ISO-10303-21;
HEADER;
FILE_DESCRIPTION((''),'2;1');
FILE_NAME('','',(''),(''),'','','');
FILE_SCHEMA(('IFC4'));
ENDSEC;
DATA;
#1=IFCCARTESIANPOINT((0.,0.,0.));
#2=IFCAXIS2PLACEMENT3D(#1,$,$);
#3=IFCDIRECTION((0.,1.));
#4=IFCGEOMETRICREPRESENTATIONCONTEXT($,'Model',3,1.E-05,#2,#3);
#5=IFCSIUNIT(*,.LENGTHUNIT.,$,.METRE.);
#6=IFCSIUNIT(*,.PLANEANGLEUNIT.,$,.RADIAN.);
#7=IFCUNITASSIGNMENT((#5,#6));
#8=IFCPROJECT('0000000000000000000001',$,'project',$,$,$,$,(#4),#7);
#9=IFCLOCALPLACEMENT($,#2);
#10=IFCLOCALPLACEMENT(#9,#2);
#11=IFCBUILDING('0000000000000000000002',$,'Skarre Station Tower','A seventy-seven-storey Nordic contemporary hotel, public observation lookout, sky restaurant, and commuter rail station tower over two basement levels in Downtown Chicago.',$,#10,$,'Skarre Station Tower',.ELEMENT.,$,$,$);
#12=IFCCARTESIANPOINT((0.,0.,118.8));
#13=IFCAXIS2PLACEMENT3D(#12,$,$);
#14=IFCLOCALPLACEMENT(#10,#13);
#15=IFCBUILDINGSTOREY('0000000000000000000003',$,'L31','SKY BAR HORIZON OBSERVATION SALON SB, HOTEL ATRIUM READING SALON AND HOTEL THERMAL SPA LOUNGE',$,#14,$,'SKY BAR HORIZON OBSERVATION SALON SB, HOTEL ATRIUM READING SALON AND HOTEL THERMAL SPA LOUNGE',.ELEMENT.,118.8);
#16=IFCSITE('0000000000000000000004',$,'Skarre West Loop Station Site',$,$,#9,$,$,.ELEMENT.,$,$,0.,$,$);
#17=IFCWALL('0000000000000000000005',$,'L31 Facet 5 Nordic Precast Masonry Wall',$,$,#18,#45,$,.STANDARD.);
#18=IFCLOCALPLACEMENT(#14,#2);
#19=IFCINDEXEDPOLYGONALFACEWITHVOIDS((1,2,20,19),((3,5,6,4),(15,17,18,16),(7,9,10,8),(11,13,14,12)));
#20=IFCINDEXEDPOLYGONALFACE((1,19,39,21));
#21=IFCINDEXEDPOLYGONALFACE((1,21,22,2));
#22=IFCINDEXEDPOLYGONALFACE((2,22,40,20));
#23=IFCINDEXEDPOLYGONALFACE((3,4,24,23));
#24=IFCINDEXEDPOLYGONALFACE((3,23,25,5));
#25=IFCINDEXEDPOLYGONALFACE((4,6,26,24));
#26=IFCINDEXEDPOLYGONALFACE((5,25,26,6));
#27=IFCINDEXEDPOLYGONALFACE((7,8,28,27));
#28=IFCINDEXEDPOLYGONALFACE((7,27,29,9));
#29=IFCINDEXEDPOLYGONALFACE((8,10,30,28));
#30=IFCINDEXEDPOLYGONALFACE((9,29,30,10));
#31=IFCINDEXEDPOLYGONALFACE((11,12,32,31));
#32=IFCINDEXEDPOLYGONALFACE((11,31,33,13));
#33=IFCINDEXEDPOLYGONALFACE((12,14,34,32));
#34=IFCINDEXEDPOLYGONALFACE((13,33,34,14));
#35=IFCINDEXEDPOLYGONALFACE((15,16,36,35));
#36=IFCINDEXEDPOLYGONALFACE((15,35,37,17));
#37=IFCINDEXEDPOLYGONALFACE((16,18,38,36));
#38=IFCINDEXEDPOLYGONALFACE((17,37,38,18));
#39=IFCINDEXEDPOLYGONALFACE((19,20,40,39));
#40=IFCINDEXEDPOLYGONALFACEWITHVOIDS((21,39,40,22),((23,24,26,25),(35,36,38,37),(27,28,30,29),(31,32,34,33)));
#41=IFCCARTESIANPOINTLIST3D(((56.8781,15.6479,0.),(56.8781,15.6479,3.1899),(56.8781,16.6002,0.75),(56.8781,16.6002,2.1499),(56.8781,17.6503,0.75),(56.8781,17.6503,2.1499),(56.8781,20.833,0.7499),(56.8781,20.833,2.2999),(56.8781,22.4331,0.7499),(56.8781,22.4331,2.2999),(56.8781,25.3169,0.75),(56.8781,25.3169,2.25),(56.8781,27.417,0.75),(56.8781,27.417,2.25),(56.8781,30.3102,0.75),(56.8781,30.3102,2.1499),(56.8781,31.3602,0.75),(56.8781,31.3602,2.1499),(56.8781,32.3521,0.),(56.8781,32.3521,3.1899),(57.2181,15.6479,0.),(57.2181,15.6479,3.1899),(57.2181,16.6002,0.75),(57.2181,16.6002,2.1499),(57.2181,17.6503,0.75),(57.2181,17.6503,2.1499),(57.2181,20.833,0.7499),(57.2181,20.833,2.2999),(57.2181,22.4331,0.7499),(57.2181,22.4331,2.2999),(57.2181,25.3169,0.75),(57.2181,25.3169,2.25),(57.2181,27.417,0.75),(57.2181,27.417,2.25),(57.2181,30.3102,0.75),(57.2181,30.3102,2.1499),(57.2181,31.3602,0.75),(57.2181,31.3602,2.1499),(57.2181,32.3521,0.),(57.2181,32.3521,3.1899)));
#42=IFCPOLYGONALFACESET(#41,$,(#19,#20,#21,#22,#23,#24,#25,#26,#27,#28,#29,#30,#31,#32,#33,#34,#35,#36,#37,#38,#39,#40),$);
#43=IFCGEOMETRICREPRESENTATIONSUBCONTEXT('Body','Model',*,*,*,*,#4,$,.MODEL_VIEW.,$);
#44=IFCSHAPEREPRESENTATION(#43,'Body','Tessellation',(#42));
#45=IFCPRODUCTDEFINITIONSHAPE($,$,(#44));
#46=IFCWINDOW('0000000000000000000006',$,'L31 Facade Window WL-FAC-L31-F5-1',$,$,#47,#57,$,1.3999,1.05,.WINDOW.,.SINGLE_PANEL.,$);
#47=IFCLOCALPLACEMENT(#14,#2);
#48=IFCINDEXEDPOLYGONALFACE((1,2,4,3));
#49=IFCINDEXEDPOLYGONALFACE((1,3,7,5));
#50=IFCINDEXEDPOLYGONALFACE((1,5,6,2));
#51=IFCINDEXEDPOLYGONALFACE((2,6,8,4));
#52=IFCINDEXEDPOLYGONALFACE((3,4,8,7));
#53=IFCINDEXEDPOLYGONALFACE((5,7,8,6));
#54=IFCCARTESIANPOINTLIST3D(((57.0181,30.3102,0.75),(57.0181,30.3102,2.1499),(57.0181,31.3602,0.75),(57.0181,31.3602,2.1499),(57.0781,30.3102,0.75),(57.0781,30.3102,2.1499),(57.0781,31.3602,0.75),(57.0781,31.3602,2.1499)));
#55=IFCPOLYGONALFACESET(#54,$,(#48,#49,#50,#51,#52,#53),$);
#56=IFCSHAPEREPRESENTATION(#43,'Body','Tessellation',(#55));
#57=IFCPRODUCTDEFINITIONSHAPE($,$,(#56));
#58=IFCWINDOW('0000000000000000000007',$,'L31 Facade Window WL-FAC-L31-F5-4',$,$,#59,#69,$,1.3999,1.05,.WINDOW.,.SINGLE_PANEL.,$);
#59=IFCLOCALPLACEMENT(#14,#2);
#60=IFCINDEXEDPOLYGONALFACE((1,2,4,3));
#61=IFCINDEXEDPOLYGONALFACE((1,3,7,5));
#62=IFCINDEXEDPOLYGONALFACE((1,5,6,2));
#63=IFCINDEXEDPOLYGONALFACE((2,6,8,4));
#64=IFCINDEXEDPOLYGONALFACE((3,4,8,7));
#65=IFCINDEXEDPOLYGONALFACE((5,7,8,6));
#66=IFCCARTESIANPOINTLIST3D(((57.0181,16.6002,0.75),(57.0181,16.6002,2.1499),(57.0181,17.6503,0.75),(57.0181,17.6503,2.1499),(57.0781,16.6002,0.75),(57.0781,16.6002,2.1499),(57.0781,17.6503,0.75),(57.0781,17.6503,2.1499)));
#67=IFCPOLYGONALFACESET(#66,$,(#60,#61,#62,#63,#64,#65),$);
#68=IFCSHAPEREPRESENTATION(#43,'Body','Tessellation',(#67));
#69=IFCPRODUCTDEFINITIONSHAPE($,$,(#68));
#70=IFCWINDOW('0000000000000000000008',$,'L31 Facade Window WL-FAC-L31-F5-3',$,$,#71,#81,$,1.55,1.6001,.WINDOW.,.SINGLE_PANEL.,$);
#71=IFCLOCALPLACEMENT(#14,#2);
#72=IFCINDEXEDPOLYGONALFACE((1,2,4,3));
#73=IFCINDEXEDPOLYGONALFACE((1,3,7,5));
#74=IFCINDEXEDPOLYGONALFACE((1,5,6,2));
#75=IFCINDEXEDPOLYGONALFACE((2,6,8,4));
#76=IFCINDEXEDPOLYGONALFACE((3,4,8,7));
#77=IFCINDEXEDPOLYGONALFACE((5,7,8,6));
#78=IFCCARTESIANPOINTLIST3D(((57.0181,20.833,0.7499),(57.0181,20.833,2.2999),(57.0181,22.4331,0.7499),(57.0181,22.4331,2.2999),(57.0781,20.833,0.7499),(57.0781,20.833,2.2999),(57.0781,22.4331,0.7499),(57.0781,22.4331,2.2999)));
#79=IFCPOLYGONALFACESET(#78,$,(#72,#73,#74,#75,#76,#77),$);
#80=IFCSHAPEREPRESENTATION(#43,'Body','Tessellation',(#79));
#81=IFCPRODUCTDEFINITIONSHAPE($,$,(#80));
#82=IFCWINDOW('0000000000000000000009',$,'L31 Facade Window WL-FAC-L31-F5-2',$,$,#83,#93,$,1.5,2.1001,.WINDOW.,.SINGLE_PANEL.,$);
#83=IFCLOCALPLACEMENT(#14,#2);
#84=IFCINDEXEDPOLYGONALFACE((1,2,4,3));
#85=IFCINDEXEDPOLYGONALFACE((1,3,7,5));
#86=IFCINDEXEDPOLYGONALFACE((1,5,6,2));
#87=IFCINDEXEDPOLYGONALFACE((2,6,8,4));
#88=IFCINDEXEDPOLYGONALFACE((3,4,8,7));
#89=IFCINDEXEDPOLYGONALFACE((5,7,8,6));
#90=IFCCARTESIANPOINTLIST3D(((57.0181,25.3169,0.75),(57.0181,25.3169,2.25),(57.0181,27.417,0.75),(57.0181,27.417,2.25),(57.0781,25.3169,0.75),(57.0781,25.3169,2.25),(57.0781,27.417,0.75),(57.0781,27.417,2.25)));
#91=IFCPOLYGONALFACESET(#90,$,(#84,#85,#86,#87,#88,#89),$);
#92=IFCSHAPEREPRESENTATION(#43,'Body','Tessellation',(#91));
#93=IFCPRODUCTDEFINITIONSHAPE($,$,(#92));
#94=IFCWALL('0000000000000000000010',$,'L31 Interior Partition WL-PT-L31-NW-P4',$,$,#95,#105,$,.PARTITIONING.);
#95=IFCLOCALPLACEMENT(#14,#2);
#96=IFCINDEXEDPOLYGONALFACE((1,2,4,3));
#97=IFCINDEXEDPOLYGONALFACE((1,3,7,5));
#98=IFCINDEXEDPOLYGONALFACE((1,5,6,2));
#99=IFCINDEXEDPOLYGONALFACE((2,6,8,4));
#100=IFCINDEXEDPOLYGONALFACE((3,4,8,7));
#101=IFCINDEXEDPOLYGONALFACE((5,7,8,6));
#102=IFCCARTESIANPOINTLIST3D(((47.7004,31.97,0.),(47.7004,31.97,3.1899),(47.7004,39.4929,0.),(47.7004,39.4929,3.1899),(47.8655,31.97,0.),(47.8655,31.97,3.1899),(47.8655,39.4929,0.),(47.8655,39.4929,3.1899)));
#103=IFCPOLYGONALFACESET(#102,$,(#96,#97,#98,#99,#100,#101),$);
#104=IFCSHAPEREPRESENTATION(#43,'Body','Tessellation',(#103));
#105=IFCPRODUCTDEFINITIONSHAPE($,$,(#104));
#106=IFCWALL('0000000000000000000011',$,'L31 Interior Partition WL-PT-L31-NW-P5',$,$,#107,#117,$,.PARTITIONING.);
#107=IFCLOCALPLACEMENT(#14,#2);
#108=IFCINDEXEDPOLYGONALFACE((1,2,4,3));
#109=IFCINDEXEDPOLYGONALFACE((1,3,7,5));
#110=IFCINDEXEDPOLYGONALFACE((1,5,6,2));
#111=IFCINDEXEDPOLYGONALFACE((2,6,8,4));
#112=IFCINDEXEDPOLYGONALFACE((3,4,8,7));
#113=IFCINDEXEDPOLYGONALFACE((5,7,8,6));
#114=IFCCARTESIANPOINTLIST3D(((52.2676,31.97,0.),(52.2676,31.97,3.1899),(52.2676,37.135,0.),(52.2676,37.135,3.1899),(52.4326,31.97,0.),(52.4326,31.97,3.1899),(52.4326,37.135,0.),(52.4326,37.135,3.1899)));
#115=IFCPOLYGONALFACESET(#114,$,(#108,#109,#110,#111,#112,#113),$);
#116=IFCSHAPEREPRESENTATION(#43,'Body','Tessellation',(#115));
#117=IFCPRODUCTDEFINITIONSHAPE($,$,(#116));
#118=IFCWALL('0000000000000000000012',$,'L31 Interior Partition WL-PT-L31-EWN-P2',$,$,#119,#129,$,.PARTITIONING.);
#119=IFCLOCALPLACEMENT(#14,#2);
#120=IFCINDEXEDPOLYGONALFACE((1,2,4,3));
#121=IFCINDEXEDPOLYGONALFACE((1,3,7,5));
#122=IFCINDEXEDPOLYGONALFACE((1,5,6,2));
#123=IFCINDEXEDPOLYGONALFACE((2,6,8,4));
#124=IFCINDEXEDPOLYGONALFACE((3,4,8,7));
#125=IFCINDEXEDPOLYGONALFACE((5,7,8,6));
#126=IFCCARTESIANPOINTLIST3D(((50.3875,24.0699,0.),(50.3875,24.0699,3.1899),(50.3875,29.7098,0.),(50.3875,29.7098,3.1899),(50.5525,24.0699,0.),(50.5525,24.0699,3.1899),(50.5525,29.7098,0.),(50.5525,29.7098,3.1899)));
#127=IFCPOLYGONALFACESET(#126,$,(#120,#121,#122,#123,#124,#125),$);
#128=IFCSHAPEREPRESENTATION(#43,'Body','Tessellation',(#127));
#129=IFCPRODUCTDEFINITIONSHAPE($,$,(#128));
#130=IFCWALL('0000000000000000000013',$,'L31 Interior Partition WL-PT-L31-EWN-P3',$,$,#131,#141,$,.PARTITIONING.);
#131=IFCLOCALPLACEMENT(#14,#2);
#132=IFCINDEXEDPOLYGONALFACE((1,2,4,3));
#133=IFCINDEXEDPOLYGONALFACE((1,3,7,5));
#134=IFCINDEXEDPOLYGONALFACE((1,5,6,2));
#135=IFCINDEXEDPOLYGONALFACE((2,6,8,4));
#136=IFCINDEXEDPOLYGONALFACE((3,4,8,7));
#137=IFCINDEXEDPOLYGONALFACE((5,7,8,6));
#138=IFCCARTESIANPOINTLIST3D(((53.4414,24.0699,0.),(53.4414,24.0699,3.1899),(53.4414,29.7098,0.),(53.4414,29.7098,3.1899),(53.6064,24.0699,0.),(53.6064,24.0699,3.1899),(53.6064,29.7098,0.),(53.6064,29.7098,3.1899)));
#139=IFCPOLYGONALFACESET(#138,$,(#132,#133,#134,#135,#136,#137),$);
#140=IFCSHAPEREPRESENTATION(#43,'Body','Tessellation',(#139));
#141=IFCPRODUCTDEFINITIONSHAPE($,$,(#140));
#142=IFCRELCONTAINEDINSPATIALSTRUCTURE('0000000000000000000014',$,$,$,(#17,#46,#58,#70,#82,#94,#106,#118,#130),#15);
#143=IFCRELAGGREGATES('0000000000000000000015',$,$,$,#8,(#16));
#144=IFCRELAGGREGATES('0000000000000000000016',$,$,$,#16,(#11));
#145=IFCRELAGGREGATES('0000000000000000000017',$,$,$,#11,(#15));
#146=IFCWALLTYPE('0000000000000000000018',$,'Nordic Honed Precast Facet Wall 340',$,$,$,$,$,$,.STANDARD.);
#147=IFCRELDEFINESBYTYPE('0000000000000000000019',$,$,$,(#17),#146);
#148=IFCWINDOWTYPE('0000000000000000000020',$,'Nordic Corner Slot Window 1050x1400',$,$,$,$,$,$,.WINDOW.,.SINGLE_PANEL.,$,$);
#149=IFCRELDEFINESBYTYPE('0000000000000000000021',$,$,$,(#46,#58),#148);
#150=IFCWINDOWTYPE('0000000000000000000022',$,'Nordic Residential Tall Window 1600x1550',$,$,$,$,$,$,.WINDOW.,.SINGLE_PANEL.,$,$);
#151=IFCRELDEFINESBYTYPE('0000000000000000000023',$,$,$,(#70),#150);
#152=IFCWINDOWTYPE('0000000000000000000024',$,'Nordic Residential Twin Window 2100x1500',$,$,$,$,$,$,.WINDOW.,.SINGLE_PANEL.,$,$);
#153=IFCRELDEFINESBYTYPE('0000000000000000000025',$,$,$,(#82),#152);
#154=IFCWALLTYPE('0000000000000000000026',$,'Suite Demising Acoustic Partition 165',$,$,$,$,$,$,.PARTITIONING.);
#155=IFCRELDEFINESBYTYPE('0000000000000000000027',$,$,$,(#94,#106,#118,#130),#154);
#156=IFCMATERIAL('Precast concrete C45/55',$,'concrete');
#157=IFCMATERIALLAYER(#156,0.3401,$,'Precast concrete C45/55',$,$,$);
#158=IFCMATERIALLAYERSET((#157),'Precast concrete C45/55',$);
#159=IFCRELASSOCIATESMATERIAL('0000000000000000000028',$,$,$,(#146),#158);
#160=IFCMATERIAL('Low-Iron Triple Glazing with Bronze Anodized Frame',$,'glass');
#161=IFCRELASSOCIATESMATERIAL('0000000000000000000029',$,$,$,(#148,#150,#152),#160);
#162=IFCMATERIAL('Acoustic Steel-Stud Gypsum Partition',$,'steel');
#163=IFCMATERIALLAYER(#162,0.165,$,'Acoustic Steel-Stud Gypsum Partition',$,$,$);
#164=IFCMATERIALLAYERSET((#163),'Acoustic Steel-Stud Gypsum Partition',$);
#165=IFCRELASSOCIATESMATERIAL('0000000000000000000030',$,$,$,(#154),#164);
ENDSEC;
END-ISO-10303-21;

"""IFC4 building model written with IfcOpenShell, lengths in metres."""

from ifc_helpers import new_model, si_unit, direction, frame, frame_2d, origin, place, context, subcontext, project, spatial, rectangle, extrude, material, layer, layer_set, type_object, element, fill, save


model = new_model("IFC4")

# Units and contexts
model_context = context("Model", 3, precision=1e-05, world=origin(), true_north=direction((0.0, 1.0)))
body_context = subcontext(model_context, "Body", "Model", "MODEL_VIEW")
ifc_project = project(units=[si_unit("LENGTHUNIT", "METRE"), si_unit("PLANEANGLEUNIT", "RADIAN")], contexts=[model_context])

# Site, building, storey
site_placement = place(None, origin())
site = spatial("IfcSite", under=ifc_project, at=site_placement, Name="Skarre West Loop Station Site", CompositionType="ELEMENT", RefElevation=0.0)
building_placement = place(site_placement, origin())
building = spatial("IfcBuilding", under=site, at=building_placement, Name="Skarre Station Tower", Description="A seventy-seven-storey Nordic contemporary hotel, public observation lookout, sky restaurant, and commuter rail station tower over two basement levels in Downtown Chicago.", LongName="Skarre Station Tower", CompositionType="ELEMENT")
storey_placement = place(building_placement, frame((0.0, 0.0, 118.8)))
storey = spatial("IfcBuildingStorey", under=building, at=storey_placement, Name="L31", Description="SKY BAR HORIZON OBSERVATION SALON SB, HOTEL ATRIUM READING SALON AND HOTEL THERMAL SPA LOUNGE", LongName="SKY BAR HORIZON OBSERVATION SALON SB, HOTEL ATRIUM READING SALON AND HOTEL THERMAL SPA LOUNGE", CompositionType="ELEMENT", Elevation=118.8)

# Shared definitions
ifc_material_1 = material(Name="Acoustic Steel-Stud Gypsum Partition", Category="steel")

# Wall, openings, windows
ifc_material_2 = material(Name="Precast concrete C45/55", Category="concrete")
ifc_layer_1 = layer(ifc_material_2, 0.3401, Name="Precast concrete C45/55")
ifc_layer_set_1 = layer_set([ifc_layer_1], Name="Precast concrete C45/55")
wall_type_1 = type_object("IfcWallType", Name="Nordic Honed Precast Facet Wall 340", PredefinedType="STANDARD", material=ifc_layer_set_1)
wall_1_placement = place(storey_placement, frame((57.0481, 32.3521, 0.0), z_axis=(0.0, 0.0, 1.0), x_axis=(0.0, -1.0, 0.0)))
wall_1 = element("IfcWall", 1, at=wall_1_placement, inside=storey, type_object=wall_type_1, Name="L31 Facet 5 Nordic Precast Masonry Wall", PredefinedType="STANDARD", context=body_context, shape_type="SweptSolid", body=[
    extrude(rectangle(XDim=16.7041, YDim=0.3401, at=frame_2d((8.3521, 0.0))), origin(), (0.0, 0.0, 1.0), 3.1899),
])
opening_1_placement = place(wall_1_placement, frame((0.9919, 0.0, 0.75)))
opening_1 = element("IfcOpeningElement", 2, at=opening_1_placement, cuts=wall_1, PredefinedType="OPENING", context=body_context, shape_type="SweptSolid", body=[
    extrude(rectangle(XDim=1.05, YDim=1.3999, at=frame_2d((0.5249, 0.7))), frame((0.0, 0.1799, 0.0), z_axis=(0.0, -1.0, 0.0), x_axis=(1.0, 0.0, 0.0)), (0.0, 0.0, 1.0), 0.3601),
])
opening_2_placement = place(wall_1_placement, frame((4.9351, 0.0, 0.75)))
opening_2 = element("IfcOpeningElement", 3, at=opening_2_placement, cuts=wall_1, PredefinedType="OPENING", context=body_context, shape_type="SweptSolid", body=[
    extrude(rectangle(XDim=2.1001, YDim=1.5, at=frame_2d((1.05, 0.75))), frame((0.0, 0.1799, 0.0), z_axis=(0.0, -1.0, 0.0), x_axis=(1.0, 0.0, 0.0)), (0.0, 0.0, 1.0), 0.3601),
])
opening_3_placement = place(wall_1_placement, frame((9.9189, 0.0, 0.75)))
opening_3 = element("IfcOpeningElement", 4, at=opening_3_placement, cuts=wall_1, PredefinedType="OPENING", context=body_context, shape_type="SweptSolid", body=[
    extrude(rectangle(XDim=1.6001, YDim=1.55, at=frame_2d((0.8, 0.7749))), frame((0.0, 0.1799, 0.0), z_axis=(0.0, -1.0, 0.0), x_axis=(1.0, 0.0, 0.0)), (0.0, 0.0, 1.0), 0.3601),
])
opening_4_placement = place(wall_1_placement, frame((14.7019, 0.0, 0.75)))
opening_4 = element("IfcOpeningElement", 5, at=opening_4_placement, cuts=wall_1, PredefinedType="OPENING", context=body_context, shape_type="SweptSolid", body=[
    extrude(rectangle(XDim=1.05, YDim=1.3999, at=frame_2d((0.5249, 0.7))), frame((0.0, 0.1799, 0.0), z_axis=(0.0, -1.0, 0.0), x_axis=(1.0, 0.0, 0.0)), (0.0, 0.0, 1.0), 0.3601),
])
ifc_material_3 = material(Name="Low-Iron Triple Glazing with Bronze Anodized Frame", Category="glass")
window_type_1 = type_object("IfcWindowType", Name="Nordic Corner Slot Window 1050x1400", PartitioningType="SINGLE_PANEL", PredefinedType="WINDOW", material=ifc_material_3)
window_1_placement = place(opening_1_placement, origin())
window_1 = element("IfcWindow", 6, at=window_1_placement, inside=storey, type_object=window_type_1, Name="L31 Facade Window WL-FAC-L31-F5-1", OverallHeight=1.3999, OverallWidth=1.05, PartitioningType="SINGLE_PANEL", PredefinedType="WINDOW", context=body_context, shape_type="SweptSolid", body=[
    extrude(rectangle(XDim=1.05, YDim=1.3999, at=frame_2d((0.5249, 0.7))), frame((0.0, 0.03, 0.0), z_axis=(0.0, -1.0, 0.0), x_axis=(1.0, 0.0, 0.0)), (0.0, 0.0, 1.0), 0.0601),
])
fill(opening_1, window_1)
window_2_placement = place(opening_4_placement, origin())
window_2 = element("IfcWindow", 7, at=window_2_placement, inside=storey, type_object=window_type_1, Name="L31 Facade Window WL-FAC-L31-F5-4", OverallHeight=1.3999, OverallWidth=1.05, PartitioningType="SINGLE_PANEL", PredefinedType="WINDOW", context=body_context, shape_type="SweptSolid", body=[
    extrude(rectangle(XDim=1.05, YDim=1.3999, at=frame_2d((0.5249, 0.7))), frame((0.0, 0.03, 0.0), z_axis=(0.0, -1.0, 0.0), x_axis=(1.0, 0.0, 0.0)), (0.0, 0.0, 1.0), 0.0601),
])
fill(opening_4, window_2)
window_type_2 = type_object("IfcWindowType", Name="Nordic Residential Tall Window 1600x1550", PartitioningType="SINGLE_PANEL", PredefinedType="WINDOW", material=ifc_material_3)
window_3_placement = place(opening_3_placement, origin())
window_3 = element("IfcWindow", 8, at=window_3_placement, inside=storey, type_object=window_type_2, Name="L31 Facade Window WL-FAC-L31-F5-3", OverallHeight=1.55, OverallWidth=1.6001, PartitioningType="SINGLE_PANEL", PredefinedType="WINDOW", context=body_context, shape_type="SweptSolid", body=[
    extrude(rectangle(XDim=1.6001, YDim=1.55, at=frame_2d((0.8, 0.7749))), frame((0.0, 0.03, 0.0), z_axis=(0.0, -1.0, 0.0), x_axis=(1.0, 0.0, 0.0)), (0.0, 0.0, 1.0), 0.0601),
])
fill(opening_3, window_3)
window_type_3 = type_object("IfcWindowType", Name="Nordic Residential Twin Window 2100x1500", PartitioningType="SINGLE_PANEL", PredefinedType="WINDOW", material=ifc_material_3)
window_4_placement = place(opening_2_placement, origin())
window_4 = element("IfcWindow", 9, at=window_4_placement, inside=storey, type_object=window_type_3, Name="L31 Facade Window WL-FAC-L31-F5-2", OverallHeight=1.5, OverallWidth=2.1001, PartitioningType="SINGLE_PANEL", PredefinedType="WINDOW", context=body_context, shape_type="SweptSolid", body=[
    extrude(rectangle(XDim=2.1001, YDim=1.5, at=frame_2d((1.05, 0.75))), frame((0.0, 0.03, 0.0), z_axis=(0.0, -1.0, 0.0), x_axis=(1.0, 0.0, 0.0)), (0.0, 0.0, 1.0), 0.0601),
])
fill(opening_2, window_4)

# Walls
ifc_layer_2 = layer(ifc_material_1, 0.165, Name="Acoustic Steel-Stud Gypsum Partition")
ifc_layer_set_2 = layer_set([ifc_layer_2], Name="Acoustic Steel-Stud Gypsum Partition")
wall_type_2 = type_object("IfcWallType", Name="Suite Demising Acoustic Partition 165", PredefinedType="PARTITIONING", material=ifc_layer_set_2)
wall_2_placement = place(storey_placement, frame((47.783, 31.97, 0.0), z_axis=(0.0, 0.0, 1.0), x_axis=(0.0, 1.0, 0.0)))
element("IfcWall", 10, at=wall_2_placement, inside=storey, type_object=wall_type_2, Name="L31 Interior Partition WL-PT-L31-NW-P4", PredefinedType="PARTITIONING", context=body_context, shape_type="SweptSolid", body=[
    extrude(rectangle(XDim=7.5229, YDim=0.165, at=frame_2d((3.7615, 0.0))), origin(), (0.0, 0.0, 1.0), 3.1899),
])
wall_3_placement = place(storey_placement, frame((52.3501, 31.97, 0.0), z_axis=(0.0, 0.0, 1.0), x_axis=(0.0, 1.0, 0.0)))
element("IfcWall", 11, at=wall_3_placement, inside=storey, type_object=wall_type_2, Name="L31 Interior Partition WL-PT-L31-NW-P5", PredefinedType="PARTITIONING", context=body_context, shape_type="SweptSolid", body=[
    extrude(rectangle(XDim=5.165, YDim=0.165, at=frame_2d((2.5825, 0.0))), origin(), (0.0, 0.0, 1.0), 3.1899),
])
for number, where, z_axis, x_axis, name in (
    (12, (50.47, 24.0701, 0.0), (0.0, 0.0, 1.0), (0.0, 1.0, 0.0), "L31 Interior Partition WL-PT-L31-EWN-P2"),
    (13, (53.5239, 24.0701, 0.0), (0.0, 0.0, 1.0), (0.0, 1.0, 0.0), "L31 Interior Partition WL-PT-L31-EWN-P3"),
):
    element("IfcWall", number, at=place(storey_placement, frame(where, z_axis=z_axis, x_axis=x_axis)), inside=storey, type_object=wall_type_2, Name=name, PredefinedType="PARTITIONING", context=body_context, shape_type="SweptSolid", body=[
        extrude(rectangle(XDim=5.6399, YDim=0.165, at=frame_2d((2.8198, 0.0))), origin(), (0.0, 0.0, 1.0), 3.1899),
    ])

save(model, "model.ifc")
